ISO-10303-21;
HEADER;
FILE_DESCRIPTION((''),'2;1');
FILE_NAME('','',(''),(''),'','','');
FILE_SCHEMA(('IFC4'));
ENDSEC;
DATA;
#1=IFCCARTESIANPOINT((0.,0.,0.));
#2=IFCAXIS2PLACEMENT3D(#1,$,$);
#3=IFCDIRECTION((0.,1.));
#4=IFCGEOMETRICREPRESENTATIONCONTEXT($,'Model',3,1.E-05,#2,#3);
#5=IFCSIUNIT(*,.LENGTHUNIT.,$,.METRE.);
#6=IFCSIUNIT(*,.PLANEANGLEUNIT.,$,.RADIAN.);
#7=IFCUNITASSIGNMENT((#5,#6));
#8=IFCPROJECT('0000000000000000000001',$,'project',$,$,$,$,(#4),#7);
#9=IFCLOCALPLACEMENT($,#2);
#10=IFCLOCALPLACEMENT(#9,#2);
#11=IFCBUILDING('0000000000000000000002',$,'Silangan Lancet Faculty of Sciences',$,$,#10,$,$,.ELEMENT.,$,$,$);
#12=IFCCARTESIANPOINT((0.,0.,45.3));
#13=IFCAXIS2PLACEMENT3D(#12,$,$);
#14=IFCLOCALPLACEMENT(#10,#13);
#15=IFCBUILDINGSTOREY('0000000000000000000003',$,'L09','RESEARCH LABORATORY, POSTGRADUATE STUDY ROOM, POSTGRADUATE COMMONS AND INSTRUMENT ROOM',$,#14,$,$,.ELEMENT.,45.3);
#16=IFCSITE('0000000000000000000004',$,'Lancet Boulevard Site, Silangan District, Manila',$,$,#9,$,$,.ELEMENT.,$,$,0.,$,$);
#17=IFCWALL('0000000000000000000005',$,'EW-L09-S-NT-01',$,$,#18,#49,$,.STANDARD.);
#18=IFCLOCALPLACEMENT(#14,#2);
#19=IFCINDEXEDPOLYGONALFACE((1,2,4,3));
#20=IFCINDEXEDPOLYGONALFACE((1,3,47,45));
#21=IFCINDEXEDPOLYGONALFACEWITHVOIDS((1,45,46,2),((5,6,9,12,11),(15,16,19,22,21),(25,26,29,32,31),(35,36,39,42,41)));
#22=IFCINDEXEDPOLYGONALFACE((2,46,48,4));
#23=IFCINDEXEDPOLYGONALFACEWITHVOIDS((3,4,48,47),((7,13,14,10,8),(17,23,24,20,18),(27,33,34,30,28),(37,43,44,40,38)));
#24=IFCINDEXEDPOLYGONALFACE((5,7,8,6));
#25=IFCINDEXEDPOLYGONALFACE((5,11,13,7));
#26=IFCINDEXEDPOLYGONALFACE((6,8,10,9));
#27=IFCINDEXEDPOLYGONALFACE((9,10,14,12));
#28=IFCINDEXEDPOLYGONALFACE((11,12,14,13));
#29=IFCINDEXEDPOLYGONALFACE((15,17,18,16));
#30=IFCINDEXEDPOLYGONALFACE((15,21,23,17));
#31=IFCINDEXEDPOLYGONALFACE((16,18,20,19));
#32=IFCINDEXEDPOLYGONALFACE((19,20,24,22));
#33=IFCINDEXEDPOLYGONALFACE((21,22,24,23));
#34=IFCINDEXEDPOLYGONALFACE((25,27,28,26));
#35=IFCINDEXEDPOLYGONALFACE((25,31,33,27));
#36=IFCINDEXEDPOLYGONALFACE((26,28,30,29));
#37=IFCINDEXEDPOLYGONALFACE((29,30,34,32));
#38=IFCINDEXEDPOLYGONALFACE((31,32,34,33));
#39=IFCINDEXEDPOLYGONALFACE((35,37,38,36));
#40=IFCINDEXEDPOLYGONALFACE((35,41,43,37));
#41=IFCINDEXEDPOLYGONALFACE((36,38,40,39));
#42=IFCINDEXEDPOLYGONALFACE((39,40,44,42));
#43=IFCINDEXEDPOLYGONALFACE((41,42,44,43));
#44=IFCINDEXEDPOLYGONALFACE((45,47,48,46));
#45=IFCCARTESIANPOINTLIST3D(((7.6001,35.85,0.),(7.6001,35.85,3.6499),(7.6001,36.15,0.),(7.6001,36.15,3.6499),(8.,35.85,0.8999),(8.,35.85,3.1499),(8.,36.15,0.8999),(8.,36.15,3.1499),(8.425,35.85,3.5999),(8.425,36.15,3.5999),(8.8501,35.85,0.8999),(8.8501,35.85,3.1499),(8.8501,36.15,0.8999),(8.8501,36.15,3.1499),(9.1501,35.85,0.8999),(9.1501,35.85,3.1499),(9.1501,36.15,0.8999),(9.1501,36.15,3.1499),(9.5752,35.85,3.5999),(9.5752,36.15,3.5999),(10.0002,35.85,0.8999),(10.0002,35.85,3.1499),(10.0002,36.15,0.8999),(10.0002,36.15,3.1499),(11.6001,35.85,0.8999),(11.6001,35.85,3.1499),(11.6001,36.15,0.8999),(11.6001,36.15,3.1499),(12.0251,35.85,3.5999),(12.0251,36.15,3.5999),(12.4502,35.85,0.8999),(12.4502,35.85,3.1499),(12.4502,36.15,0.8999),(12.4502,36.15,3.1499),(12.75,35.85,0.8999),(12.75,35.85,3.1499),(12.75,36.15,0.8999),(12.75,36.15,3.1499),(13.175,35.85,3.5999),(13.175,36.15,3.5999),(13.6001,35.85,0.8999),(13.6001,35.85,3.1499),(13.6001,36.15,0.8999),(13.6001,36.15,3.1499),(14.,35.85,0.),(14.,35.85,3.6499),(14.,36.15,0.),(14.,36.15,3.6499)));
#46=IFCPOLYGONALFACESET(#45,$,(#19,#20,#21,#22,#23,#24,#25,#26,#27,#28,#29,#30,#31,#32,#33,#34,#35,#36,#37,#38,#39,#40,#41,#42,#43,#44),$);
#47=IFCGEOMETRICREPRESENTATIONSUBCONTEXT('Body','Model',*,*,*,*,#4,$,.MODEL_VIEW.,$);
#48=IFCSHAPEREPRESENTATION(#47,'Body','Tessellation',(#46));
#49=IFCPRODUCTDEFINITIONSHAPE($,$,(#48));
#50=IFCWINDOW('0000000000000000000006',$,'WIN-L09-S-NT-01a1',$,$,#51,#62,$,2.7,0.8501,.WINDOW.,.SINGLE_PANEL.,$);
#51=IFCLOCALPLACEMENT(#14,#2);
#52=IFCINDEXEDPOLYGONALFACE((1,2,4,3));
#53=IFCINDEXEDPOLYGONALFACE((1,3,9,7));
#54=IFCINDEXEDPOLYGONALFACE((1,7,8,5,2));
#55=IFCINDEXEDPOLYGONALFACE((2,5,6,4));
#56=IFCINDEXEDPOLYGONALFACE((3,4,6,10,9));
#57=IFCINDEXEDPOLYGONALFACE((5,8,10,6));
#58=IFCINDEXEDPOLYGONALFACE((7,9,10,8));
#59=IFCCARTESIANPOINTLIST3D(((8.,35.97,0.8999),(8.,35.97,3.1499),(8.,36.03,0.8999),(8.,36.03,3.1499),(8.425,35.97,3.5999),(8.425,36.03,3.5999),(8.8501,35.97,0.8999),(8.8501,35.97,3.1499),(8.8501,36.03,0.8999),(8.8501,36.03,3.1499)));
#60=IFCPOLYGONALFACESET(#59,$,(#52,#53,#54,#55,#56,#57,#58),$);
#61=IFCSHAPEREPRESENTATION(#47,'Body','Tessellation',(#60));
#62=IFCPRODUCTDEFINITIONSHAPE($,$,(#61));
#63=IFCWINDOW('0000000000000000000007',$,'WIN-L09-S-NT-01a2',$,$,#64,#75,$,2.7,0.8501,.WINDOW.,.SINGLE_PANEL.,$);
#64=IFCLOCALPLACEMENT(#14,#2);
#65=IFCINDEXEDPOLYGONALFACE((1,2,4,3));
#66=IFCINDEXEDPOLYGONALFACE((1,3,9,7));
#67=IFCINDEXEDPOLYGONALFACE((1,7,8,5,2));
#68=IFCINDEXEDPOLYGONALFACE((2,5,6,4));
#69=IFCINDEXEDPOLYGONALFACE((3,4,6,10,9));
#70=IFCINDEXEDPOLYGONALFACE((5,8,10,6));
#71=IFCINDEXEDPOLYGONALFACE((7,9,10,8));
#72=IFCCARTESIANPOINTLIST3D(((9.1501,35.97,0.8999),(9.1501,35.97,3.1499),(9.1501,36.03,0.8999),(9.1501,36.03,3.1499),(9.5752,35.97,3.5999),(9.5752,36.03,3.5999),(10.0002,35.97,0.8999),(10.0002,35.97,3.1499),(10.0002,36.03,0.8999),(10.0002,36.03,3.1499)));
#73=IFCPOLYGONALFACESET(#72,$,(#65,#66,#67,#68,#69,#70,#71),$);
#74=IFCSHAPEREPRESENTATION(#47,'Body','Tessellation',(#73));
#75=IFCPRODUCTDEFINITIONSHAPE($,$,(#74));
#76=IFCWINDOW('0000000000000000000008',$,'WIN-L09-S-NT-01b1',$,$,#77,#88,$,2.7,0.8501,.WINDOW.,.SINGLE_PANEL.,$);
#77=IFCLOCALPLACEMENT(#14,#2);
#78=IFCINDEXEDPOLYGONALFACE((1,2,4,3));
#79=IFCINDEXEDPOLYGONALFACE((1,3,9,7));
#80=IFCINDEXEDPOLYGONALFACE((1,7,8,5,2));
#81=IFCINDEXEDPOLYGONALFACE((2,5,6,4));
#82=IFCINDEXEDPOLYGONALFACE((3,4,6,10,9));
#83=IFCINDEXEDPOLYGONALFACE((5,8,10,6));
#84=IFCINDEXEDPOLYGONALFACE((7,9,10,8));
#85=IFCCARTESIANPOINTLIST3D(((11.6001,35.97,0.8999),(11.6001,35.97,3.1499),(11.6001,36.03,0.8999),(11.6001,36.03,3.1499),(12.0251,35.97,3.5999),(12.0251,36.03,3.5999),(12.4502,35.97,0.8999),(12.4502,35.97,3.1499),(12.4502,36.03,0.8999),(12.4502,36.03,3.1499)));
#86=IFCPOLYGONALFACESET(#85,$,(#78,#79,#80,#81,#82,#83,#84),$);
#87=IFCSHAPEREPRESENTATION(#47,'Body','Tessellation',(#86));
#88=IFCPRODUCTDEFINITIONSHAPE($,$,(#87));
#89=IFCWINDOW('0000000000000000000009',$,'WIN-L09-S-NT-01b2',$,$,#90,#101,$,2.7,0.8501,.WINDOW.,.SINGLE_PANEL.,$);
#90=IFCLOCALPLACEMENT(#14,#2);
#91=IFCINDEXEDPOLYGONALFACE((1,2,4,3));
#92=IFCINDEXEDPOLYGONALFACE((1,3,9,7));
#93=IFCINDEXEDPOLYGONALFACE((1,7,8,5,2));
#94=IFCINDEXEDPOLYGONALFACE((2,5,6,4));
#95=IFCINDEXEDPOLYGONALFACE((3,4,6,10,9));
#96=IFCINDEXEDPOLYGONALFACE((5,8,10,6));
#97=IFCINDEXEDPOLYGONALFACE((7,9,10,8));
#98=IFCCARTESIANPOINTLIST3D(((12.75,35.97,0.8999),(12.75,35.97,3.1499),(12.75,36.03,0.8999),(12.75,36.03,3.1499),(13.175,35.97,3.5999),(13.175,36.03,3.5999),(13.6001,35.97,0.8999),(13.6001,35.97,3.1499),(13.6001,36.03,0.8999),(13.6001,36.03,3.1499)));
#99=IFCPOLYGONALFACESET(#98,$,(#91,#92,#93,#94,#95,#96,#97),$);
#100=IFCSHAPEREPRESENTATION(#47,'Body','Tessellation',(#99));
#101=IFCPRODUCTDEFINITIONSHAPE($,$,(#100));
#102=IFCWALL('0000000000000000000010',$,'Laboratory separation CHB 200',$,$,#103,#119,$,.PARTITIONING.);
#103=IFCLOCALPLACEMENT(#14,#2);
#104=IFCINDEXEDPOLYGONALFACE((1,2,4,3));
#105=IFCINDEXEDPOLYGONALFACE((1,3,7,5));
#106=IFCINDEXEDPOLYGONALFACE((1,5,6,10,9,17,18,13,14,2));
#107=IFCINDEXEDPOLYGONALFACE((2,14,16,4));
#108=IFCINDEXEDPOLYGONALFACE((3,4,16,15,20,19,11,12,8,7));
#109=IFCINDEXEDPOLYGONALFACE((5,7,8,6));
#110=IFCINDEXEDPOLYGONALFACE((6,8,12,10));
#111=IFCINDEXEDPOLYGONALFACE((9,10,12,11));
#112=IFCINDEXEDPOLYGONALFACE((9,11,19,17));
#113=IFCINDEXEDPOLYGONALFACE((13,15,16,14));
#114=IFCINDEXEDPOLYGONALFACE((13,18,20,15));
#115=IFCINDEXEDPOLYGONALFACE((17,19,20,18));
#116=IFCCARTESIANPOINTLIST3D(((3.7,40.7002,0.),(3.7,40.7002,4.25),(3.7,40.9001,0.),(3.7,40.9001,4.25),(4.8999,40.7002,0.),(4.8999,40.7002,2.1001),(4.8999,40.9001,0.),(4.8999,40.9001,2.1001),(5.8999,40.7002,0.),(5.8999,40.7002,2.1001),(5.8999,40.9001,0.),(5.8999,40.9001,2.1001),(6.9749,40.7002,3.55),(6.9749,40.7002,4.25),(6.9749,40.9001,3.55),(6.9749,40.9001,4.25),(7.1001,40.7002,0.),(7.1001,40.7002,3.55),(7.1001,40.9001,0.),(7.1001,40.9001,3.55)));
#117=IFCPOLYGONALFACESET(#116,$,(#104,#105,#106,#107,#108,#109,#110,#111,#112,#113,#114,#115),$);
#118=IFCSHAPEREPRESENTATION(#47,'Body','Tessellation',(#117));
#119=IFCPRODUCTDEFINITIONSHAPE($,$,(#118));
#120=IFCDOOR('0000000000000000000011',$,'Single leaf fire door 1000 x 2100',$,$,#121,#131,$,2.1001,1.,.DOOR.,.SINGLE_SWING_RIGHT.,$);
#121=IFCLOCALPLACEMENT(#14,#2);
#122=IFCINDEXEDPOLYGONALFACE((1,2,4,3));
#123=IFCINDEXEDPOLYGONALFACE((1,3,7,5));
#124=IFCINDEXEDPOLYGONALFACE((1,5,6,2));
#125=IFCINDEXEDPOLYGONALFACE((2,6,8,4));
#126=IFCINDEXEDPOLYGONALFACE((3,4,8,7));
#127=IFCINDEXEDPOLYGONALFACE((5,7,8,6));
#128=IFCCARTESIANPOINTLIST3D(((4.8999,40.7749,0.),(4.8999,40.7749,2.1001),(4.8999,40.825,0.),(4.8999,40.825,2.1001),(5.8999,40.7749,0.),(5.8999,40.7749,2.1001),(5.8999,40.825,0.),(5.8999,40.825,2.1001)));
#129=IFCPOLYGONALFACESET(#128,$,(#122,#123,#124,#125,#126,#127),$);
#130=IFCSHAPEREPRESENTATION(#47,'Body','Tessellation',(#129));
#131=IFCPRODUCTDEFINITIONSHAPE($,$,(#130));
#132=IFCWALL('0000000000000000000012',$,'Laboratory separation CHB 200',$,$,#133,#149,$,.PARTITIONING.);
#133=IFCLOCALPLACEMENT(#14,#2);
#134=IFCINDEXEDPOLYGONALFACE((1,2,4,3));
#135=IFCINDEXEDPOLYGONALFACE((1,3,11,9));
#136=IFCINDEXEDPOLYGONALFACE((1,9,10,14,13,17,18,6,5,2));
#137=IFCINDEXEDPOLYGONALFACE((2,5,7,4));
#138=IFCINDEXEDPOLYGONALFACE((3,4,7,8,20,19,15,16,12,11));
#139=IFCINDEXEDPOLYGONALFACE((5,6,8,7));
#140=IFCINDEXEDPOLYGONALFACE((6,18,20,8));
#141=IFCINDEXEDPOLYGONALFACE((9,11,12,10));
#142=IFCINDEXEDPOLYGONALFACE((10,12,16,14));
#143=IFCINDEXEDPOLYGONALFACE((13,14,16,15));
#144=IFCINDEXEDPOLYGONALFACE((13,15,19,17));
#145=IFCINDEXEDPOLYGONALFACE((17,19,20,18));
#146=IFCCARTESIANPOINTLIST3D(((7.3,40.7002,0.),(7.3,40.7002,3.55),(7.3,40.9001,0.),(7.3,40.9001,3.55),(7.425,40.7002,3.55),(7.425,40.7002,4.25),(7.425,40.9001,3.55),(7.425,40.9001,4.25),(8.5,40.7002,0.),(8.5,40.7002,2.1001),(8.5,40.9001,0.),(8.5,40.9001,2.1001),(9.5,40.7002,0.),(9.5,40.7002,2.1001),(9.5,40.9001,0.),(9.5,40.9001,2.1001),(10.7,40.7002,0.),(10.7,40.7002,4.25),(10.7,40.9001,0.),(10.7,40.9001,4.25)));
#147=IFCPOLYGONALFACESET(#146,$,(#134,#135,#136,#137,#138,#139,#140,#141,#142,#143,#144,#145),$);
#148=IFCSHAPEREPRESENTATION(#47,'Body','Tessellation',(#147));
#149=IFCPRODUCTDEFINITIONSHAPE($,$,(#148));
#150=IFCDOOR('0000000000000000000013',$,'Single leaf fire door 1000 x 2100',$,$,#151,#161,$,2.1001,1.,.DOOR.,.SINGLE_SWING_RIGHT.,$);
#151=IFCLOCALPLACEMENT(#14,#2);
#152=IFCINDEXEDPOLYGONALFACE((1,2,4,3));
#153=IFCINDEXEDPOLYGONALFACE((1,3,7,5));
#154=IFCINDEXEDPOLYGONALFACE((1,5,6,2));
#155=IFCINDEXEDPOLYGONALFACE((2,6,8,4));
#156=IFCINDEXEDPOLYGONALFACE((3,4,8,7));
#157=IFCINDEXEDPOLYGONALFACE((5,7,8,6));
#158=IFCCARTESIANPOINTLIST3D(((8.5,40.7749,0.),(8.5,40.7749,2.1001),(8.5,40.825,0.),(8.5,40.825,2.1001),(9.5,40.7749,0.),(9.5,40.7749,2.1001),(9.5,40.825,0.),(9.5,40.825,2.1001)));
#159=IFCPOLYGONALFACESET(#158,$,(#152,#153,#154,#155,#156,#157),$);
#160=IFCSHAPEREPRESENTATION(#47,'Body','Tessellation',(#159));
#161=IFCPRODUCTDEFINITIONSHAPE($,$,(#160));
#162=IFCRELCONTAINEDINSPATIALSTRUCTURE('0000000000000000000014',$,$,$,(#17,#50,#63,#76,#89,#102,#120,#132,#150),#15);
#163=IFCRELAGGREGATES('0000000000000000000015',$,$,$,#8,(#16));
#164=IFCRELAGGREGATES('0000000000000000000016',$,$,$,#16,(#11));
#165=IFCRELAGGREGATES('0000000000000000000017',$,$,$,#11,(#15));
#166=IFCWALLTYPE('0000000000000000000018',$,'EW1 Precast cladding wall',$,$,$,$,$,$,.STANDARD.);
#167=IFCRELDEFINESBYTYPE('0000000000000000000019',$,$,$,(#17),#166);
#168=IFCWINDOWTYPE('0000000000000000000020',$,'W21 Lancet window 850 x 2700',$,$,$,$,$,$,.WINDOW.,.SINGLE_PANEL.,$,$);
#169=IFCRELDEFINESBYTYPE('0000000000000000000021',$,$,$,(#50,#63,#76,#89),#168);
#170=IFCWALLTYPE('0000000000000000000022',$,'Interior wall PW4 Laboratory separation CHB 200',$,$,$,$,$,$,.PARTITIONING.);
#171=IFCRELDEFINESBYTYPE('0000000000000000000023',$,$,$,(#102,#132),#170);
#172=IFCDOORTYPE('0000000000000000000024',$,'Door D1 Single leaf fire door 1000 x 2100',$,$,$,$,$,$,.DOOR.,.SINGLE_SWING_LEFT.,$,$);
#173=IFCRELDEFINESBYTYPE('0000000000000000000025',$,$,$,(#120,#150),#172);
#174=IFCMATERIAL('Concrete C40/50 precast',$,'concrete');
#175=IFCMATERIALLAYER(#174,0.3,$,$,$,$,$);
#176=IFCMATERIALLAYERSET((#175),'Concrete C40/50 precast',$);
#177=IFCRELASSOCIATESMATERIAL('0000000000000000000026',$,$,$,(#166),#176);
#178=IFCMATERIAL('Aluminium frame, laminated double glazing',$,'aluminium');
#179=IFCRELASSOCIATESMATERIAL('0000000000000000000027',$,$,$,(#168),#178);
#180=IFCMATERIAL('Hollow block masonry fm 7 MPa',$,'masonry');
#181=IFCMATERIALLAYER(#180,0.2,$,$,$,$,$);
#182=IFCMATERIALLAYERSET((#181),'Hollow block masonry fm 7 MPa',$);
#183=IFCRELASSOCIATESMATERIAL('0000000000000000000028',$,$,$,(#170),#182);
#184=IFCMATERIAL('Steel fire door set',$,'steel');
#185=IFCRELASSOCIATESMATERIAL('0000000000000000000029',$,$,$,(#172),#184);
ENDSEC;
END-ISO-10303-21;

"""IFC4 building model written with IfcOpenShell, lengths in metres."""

from ifc_helpers import new_model, si_unit, direction, frame, frame_2d, origin, place, context, subcontext, project, spatial, polyline, rectangle, outline, extrude, material, layer, layer_set, type_object, element, fill, save


model = new_model("IFC4")

# Units and contexts
model_context = context("Model", 3, precision=1e-05, world=origin(), true_north=direction((0.0, 1.0)))
body_context = subcontext(model_context, "Body", "Model", "MODEL_VIEW")
ifc_project = project(units=[si_unit("LENGTHUNIT", "METRE"), si_unit("PLANEANGLEUNIT", "RADIAN")], contexts=[model_context])

# Site, building, storey
site_placement = place(None, origin())
site = spatial("IfcSite", under=ifc_project, at=site_placement, Name="Lancet Boulevard Site, Silangan District, Manila", CompositionType="ELEMENT", RefElevation=0.0)
building_placement = place(site_placement, origin())
building = spatial("IfcBuilding", under=site, at=building_placement, Name="Silangan Lancet Faculty of Sciences", CompositionType="ELEMENT")
storey_placement = place(building_placement, frame((0.0, 0.0, 45.3)))
storey = spatial("IfcBuildingStorey", under=building, at=storey_placement, Name="L09", Description="RESEARCH LABORATORY, POSTGRADUATE STUDY ROOM, POSTGRADUATE COMMONS AND INSTRUMENT ROOM", CompositionType="ELEMENT", Elevation=45.3)

# Wall, openings, windows
ifc_material_1 = material(Name="Concrete C40/50 precast", Category="concrete")
ifc_layer_1 = layer(ifc_material_1, 0.3)
ifc_layer_set_1 = layer_set([ifc_layer_1], Name="Concrete C40/50 precast")
wall_type_1 = type_object("IfcWallType", Name="EW1 Precast cladding wall", PredefinedType="STANDARD", material=ifc_layer_set_1)
wall_1_placement = place(storey_placement, frame((7.6001, 36.0, 0.0), z_axis=(0.0, 0.0, 1.0), x_axis=(1.0, 0.0, 0.0)))
wall_1 = element("IfcWall", 1, at=wall_1_placement, inside=storey, type_object=wall_type_1, Name="EW-L09-S-NT-01", PredefinedType="STANDARD", context=body_context, shape_type="SweptSolid", body=[
    extrude(rectangle(XDim=6.3999, YDim=0.3, at=frame_2d((3.2, 0.0))), origin(), (0.0, 0.0, 1.0), 3.6499),
])
opening_1_placement = place(wall_1_placement, frame((0.3999, 0.0, 0.8999)))
opening_1 = element("IfcOpeningElement", 2, at=opening_1_placement, cuts=wall_1, PredefinedType="OPENING", context=body_context, shape_type="SweptSolid", body=[
    extrude(outline(polyline([(0.0, 0.0), (0.8501, 0.0), (0.8501, 2.25), (0.425, 2.7), (0.0, 2.25), (0.0, 0.0)])), frame((0.0, 0.1599, 0.0), z_axis=(0.0, -1.0, 0.0), x_axis=(1.0, 0.0, 0.0)), (0.0, 0.0, 1.0), 0.3201),
])
opening_2_placement = place(wall_1_placement, frame((1.55, 0.0, 0.8999)))
opening_2 = element("IfcOpeningElement", 3, at=opening_2_placement, cuts=wall_1, PredefinedType="OPENING", context=body_context, shape_type="SweptSolid", body=[
    extrude(outline(polyline([(0.0, 0.0), (0.8501, 0.0), (0.8501, 2.25), (0.425, 2.7), (0.0, 2.25), (0.0, 0.0)])), frame((0.0, 0.1599, 0.0), z_axis=(0.0, -1.0, 0.0), x_axis=(1.0, 0.0, 0.0)), (0.0, 0.0, 1.0), 0.3201),
])
opening_3_placement = place(wall_1_placement, frame((4.0, 0.0, 0.8999)))
opening_3 = element("IfcOpeningElement", 4, at=opening_3_placement, cuts=wall_1, PredefinedType="OPENING", context=body_context, shape_type="SweptSolid", body=[
    extrude(outline(polyline([(0.0, 0.0), (0.8501, 0.0), (0.8501, 2.25), (0.425, 2.7), (0.0, 2.25), (0.0, 0.0)])), frame((0.0, 0.1599, 0.0), z_axis=(0.0, -1.0, 0.0), x_axis=(1.0, 0.0, 0.0)), (0.0, 0.0, 1.0), 0.3201),
])
opening_4_placement = place(wall_1_placement, frame((5.1499, 0.0, 0.8999)))
opening_4 = element("IfcOpeningElement", 5, at=opening_4_placement, cuts=wall_1, PredefinedType="OPENING", context=body_context, shape_type="SweptSolid", body=[
    extrude(outline(polyline([(0.0, 0.0), (0.8501, 0.0), (0.8501, 2.25), (0.425, 2.7), (0.0, 2.25), (0.0, 0.0)])), frame((0.0, 0.1599, 0.0), z_axis=(0.0, -1.0, 0.0), x_axis=(1.0, 0.0, 0.0)), (0.0, 0.0, 1.0), 0.3201),
])
ifc_material_2 = material(Name="Aluminium frame, laminated double glazing", Category="aluminium")
window_type = type_object("IfcWindowType", Name="W21 Lancet window 850 x 2700", PartitioningType="SINGLE_PANEL", PredefinedType="WINDOW", material=ifc_material_2)
window_1_placement = place(opening_1_placement, origin())
window_1 = element("IfcWindow", 6, at=window_1_placement, inside=storey, type_object=window_type, Name="WIN-L09-S-NT-01a1", OverallHeight=2.7, OverallWidth=0.8501, PartitioningType="SINGLE_PANEL", PredefinedType="WINDOW", context=body_context, shape_type="SweptSolid", body=[
    extrude(outline(polyline([(0.0, 0.0), (0.8501, 0.0), (0.8501, 2.25), (0.425, 2.7), (0.0, 2.25), (0.0, 0.0)])), frame((0.0, 0.03, 0.0), z_axis=(0.0, -1.0, 0.0), x_axis=(1.0, 0.0, 0.0)), (0.0, 0.0, 1.0), 0.0601),
])
fill(opening_1, window_1)
window_2_placement = place(opening_2_placement, origin())
window_2 = element("IfcWindow", 7, at=window_2_placement, inside=storey, type_object=window_type, Name="WIN-L09-S-NT-01a2", OverallHeight=2.7, OverallWidth=0.8501, PartitioningType="SINGLE_PANEL", PredefinedType="WINDOW", context=body_context, shape_type="SweptSolid", body=[
    extrude(outline(polyline([(0.0, 0.0), (0.8501, 0.0), (0.8501, 2.25), (0.425, 2.7), (0.0, 2.25), (0.0, 0.0)])), frame((0.0, 0.03, 0.0), z_axis=(0.0, -1.0, 0.0), x_axis=(1.0, 0.0, 0.0)), (0.0, 0.0, 1.0), 0.0601),
])
fill(opening_2, window_2)
window_3_placement = place(opening_3_placement, origin())
window_3 = element("IfcWindow", 8, at=window_3_placement, inside=storey, type_object=window_type, Name="WIN-L09-S-NT-01b1", OverallHeight=2.7, OverallWidth=0.8501, PartitioningType="SINGLE_PANEL", PredefinedType="WINDOW", context=body_context, shape_type="SweptSolid", body=[
    extrude(outline(polyline([(0.0, 0.0), (0.8501, 0.0), (0.8501, 2.25), (0.425, 2.7), (0.0, 2.25), (0.0, 0.0)])), frame((0.0, 0.03, 0.0), z_axis=(0.0, -1.0, 0.0), x_axis=(1.0, 0.0, 0.0)), (0.0, 0.0, 1.0), 0.0601),
])
fill(opening_3, window_3)
window_4_placement = place(opening_4_placement, origin())
window_4 = element("IfcWindow", 9, at=window_4_placement, inside=storey, type_object=window_type, Name="WIN-L09-S-NT-01b2", OverallHeight=2.7, OverallWidth=0.8501, PartitioningType="SINGLE_PANEL", PredefinedType="WINDOW", context=body_context, shape_type="SweptSolid", body=[
    extrude(outline(polyline([(0.0, 0.0), (0.8501, 0.0), (0.8501, 2.25), (0.425, 2.7), (0.0, 2.25), (0.0, 0.0)])), frame((0.0, 0.03, 0.0), z_axis=(0.0, -1.0, 0.0), x_axis=(1.0, 0.0, 0.0)), (0.0, 0.0, 1.0), 0.0601),
])
fill(opening_4, window_4)

# Walls, openings, doors
ifc_material_3 = material(Name="Hollow block masonry fm 7 MPa", Category="masonry")
ifc_layer_2 = layer(ifc_material_3, 0.2)
ifc_layer_set_2 = layer_set([ifc_layer_2], Name="Hollow block masonry fm 7 MPa")
wall_type_2 = type_object("IfcWallType", Name="Interior wall PW4 Laboratory separation CHB 200", PredefinedType="PARTITIONING", material=ifc_layer_set_2)
wall_2_placement = place(storey_placement, frame((3.7, 40.8, 0.0), z_axis=(0.0, 0.0, 1.0), x_axis=(1.0, 0.0, 0.0)))
wall_2 = element("IfcWall", 10, at=wall_2_placement, inside=storey, type_object=wall_type_2, Name="Laboratory separation CHB 200", PredefinedType="PARTITIONING", context=body_context, shape_type="SweptSolid", body=[
    extrude(outline(polyline([(0.0, 0.0), (3.4001, 0.0), (3.4001, 3.55), (3.2749, 3.55), (3.2749, 4.25), (0.0, 4.25), (0.0, 0.0)])), frame((0.0, 0.1001, 0.0), z_axis=(0.0, -1.0, 0.0), x_axis=(1.0, 0.0, 0.0)), (0.0, 0.0, 1.0), 0.2),
])
opening_5_placement = place(wall_2_placement, frame((1.2, 0.0, 0.0)))
opening_5 = element("IfcOpeningElement", 11, at=opening_5_placement, cuts=wall_2, PredefinedType="OPENING", context=body_context, shape_type="SweptSolid", body=[
    extrude(rectangle(XDim=1.0, YDim=2.1001, at=frame_2d((0.5, 1.05))), frame((0.0, 0.1099, 0.0), z_axis=(0.0, -1.0, 0.0), x_axis=(1.0, 0.0, 0.0)), (0.0, 0.0, 1.0), 0.22),
])
ifc_material_4 = material(Name="Steel fire door set", Category="steel")
door_type = type_object("IfcDoorType", Name="Door D1 Single leaf fire door 1000 x 2100", OperationType="SINGLE_SWING_LEFT", PredefinedType="DOOR", material=ifc_material_4)
door_1_placement = place(opening_5_placement, frame((1.0, 0.0, 0.0), z_axis=(0.0, 0.0, 1.0), x_axis=(-1.0, 0.0, 0.0)))
door_1 = element("IfcDoor", 12, at=door_1_placement, inside=storey, type_object=door_type, Name="Single leaf fire door 1000 x 2100", OperationType="SINGLE_SWING_RIGHT", OverallHeight=2.1001, OverallWidth=1.0, PredefinedType="DOOR", context=body_context, shape_type="SweptSolid", body=[
    extrude(rectangle(XDim=1.0, YDim=2.1001, at=frame_2d((0.5, 1.05))), frame((0.0, 0.0251, 0.0), z_axis=(0.0, -1.0, 0.0), x_axis=(1.0, 0.0, 0.0)), (0.0, 0.0, 1.0), 0.05),
])
fill(opening_5, door_1)
wall_3_placement = place(storey_placement, frame((7.3, 40.8, 0.0), z_axis=(0.0, 0.0, 1.0), x_axis=(1.0, 0.0, 0.0)))
wall_3 = element("IfcWall", 13, at=wall_3_placement, inside=storey, type_object=wall_type_2, Name="Laboratory separation CHB 200", PredefinedType="PARTITIONING", context=body_context, shape_type="SweptSolid", body=[
    extrude(outline(polyline([(0.0, 0.0), (3.3999, 0.0), (3.3999, 4.25), (0.125, 4.25), (0.125, 3.55), (0.0, 3.55), (0.0, 0.0)])), frame((0.0, 0.1001, 0.0), z_axis=(0.0, -1.0, 0.0), x_axis=(1.0, 0.0, 0.0)), (0.0, 0.0, 1.0), 0.2),
])
opening_6_placement = place(wall_3_placement, frame((1.2, 0.0, 0.0)))
opening_6 = element("IfcOpeningElement", 14, at=opening_6_placement, cuts=wall_3, PredefinedType="OPENING", context=body_context, shape_type="SweptSolid", body=[
    extrude(rectangle(XDim=1.0, YDim=2.1001, at=frame_2d((0.5, 1.05))), frame((0.0, 0.1099, 0.0), z_axis=(0.0, -1.0, 0.0), x_axis=(1.0, 0.0, 0.0)), (0.0, 0.0, 1.0), 0.22),
])
door_2_placement = place(opening_6_placement, frame((1.0, 0.0, 0.0), z_axis=(0.0, 0.0, 1.0), x_axis=(-1.0, 0.0, 0.0)))
door_2 = element("IfcDoor", 15, at=door_2_placement, inside=storey, type_object=door_type, Name="Single leaf fire door 1000 x 2100", OperationType="SINGLE_SWING_RIGHT", OverallHeight=2.1001, OverallWidth=1.0, PredefinedType="DOOR", context=body_context, shape_type="SweptSolid", body=[
    extrude(rectangle(XDim=1.0, YDim=2.1001, at=frame_2d((0.5, 1.05))), frame((0.0, 0.0251, 0.0), z_axis=(0.0, -1.0, 0.0), x_axis=(1.0, 0.0, 0.0)), (0.0, 0.0, 1.0), 0.05),
])
fill(opening_6, door_2)

save(model, "model.ifc")
